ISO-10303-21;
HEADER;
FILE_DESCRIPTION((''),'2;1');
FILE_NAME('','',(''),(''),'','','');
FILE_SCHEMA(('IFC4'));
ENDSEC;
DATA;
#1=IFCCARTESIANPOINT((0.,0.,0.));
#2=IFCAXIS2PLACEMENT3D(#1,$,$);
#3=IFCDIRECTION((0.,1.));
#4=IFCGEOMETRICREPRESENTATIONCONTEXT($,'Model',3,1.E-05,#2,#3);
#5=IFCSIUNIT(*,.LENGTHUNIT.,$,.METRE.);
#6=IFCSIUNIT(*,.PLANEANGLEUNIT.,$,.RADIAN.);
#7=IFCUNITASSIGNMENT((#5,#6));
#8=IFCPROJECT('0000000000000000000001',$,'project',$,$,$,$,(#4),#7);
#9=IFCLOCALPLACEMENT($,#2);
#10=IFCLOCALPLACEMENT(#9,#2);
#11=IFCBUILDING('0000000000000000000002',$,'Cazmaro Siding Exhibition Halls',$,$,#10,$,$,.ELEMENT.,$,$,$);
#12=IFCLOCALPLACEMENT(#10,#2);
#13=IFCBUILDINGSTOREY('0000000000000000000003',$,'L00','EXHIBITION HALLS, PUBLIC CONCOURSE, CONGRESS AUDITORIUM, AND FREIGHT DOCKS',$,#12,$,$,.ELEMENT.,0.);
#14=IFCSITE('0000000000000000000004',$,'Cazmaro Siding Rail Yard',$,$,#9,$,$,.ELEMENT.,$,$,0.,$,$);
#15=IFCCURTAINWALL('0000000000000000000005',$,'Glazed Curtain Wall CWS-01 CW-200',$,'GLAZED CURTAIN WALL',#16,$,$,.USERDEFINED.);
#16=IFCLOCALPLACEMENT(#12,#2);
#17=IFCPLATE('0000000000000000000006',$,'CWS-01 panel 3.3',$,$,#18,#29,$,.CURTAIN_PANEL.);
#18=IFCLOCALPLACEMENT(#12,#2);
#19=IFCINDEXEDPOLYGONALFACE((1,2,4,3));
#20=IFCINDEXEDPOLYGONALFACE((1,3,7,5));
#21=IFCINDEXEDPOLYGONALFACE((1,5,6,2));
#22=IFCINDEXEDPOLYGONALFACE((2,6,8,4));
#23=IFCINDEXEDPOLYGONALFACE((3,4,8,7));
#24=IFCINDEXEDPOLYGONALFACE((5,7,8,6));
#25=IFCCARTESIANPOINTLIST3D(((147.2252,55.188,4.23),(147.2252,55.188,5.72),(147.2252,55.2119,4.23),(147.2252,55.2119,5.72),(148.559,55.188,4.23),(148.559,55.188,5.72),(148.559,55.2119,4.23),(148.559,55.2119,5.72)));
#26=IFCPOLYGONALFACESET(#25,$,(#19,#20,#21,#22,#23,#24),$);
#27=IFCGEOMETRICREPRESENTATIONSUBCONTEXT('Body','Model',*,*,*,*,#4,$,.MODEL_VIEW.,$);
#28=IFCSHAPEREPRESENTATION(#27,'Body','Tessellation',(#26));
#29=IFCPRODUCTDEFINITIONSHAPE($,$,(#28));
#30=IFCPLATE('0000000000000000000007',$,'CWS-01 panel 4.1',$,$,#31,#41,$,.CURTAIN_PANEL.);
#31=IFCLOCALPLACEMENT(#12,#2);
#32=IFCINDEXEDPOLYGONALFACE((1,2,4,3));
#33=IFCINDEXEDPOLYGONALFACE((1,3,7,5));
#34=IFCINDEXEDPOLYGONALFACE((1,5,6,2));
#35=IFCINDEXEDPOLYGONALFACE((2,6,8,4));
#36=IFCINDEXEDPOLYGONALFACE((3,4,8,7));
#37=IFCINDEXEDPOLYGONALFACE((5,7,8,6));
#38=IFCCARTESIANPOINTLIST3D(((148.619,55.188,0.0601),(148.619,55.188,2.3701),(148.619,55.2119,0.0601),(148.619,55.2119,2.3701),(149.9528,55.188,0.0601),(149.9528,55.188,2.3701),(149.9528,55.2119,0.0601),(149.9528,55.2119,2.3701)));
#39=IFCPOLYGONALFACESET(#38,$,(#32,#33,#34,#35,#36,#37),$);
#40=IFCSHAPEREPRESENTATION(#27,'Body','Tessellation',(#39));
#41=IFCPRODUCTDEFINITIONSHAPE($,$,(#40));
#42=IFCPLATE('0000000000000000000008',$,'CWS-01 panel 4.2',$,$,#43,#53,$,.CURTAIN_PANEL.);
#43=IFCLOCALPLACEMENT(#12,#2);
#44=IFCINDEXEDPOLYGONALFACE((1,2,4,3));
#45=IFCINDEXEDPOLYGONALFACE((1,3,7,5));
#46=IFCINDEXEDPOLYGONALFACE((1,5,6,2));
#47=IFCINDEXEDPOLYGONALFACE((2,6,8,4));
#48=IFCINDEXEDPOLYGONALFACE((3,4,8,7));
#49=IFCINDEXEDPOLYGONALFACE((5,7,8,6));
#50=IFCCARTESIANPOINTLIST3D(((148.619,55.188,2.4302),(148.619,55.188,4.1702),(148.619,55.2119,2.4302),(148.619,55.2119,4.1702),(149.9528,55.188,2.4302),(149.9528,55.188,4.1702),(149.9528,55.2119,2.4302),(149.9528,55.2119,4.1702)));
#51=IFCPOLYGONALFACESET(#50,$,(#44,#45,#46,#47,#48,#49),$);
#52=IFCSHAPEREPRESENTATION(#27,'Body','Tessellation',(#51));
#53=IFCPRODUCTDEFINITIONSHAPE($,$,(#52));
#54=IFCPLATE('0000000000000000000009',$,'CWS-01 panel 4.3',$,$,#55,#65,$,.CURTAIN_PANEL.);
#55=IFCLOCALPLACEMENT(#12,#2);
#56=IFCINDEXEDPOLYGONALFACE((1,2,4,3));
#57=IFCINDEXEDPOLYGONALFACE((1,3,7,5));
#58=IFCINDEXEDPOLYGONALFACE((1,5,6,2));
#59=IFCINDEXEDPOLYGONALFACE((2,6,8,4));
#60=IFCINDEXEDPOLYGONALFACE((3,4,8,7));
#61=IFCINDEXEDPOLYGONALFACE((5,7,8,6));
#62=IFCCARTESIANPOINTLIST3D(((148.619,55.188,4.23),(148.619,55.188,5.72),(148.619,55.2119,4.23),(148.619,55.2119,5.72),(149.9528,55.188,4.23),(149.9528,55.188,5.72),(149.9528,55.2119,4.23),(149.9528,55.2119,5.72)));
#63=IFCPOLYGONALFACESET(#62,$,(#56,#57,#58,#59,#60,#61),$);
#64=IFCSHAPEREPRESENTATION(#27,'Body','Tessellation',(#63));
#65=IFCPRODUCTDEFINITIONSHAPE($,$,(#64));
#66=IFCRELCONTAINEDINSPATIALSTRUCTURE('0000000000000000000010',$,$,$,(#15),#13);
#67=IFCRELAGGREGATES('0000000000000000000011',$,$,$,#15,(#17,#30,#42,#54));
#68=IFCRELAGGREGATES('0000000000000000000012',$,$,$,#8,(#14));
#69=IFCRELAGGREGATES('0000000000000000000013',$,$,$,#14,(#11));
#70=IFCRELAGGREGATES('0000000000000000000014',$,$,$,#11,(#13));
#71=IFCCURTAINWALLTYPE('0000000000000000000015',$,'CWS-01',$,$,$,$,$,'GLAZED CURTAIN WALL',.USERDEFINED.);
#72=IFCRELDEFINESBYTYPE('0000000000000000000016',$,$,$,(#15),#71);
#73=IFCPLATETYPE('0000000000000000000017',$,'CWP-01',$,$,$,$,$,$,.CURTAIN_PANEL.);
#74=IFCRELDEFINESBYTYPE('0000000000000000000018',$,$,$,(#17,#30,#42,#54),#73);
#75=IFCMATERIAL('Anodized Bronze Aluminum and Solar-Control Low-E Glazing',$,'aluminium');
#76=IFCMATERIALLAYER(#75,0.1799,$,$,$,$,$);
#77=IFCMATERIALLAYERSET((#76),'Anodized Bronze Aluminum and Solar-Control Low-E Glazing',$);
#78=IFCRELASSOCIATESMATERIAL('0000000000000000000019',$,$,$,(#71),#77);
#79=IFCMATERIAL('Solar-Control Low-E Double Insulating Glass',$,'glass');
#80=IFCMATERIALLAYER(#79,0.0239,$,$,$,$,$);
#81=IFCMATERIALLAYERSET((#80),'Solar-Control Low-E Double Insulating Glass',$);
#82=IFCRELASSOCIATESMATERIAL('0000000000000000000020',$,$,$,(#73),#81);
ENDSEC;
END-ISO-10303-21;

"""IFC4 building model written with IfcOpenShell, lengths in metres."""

from ifc_helpers import new_model, si_unit, direction, frame, origin, origin_2d, place, context, subcontext, project, spatial, rectangle, extrude, material, layer, layer_set, type_object, element, aggregate, save


model = new_model("IFC4")

# Units and contexts
model_context = context("Model", 3, precision=1e-05, world=origin(), true_north=direction((0.0, 1.0)))
body_context = subcontext(model_context, "Body", "Model", "MODEL_VIEW")
ifc_project = project(units=[si_unit("LENGTHUNIT", "METRE"), si_unit("PLANEANGLEUNIT", "RADIAN")], contexts=[model_context])

# Site, building, storey
site_placement = place(None, origin())
site = spatial("IfcSite", under=ifc_project, at=site_placement, Name="Cazmaro Siding Rail Yard", CompositionType="ELEMENT", RefElevation=0.0)
building_placement = place(site_placement, origin())
building = spatial("IfcBuilding", under=site, at=building_placement, Name="Cazmaro Siding Exhibition Halls", CompositionType="ELEMENT")
storey_placement = place(building_placement, origin())
storey = spatial("IfcBuildingStorey", under=building, at=storey_placement, Name="L00", Description="EXHIBITION HALLS, PUBLIC CONCOURSE, CONGRESS AUDITORIUM, AND FREIGHT DOCKS", CompositionType="ELEMENT", Elevation=0.0)

# Curtain wall, plates
ifc_material_1 = material(Name="Anodized Bronze Aluminum and Solar-Control Low-E Glazing", Category="aluminium")
ifc_layer_1 = layer(ifc_material_1, 0.1799)
ifc_layer_set_1 = layer_set([ifc_layer_1], Name="Anodized Bronze Aluminum and Solar-Control Low-E Glazing")
curtain_wall_type = type_object("IfcCurtainWallType", Name="CWS-01", ElementType="GLAZED CURTAIN WALL", PredefinedType="USERDEFINED", material=ifc_layer_set_1)
curtain_wall_placement = place(storey_placement, origin())
curtain_wall = element("IfcCurtainWall", 1, at=curtain_wall_placement, inside=storey, type_object=curtain_wall_type, Name="Glazed Curtain Wall CWS-01 CW-200", ObjectType="GLAZED CURTAIN WALL", PredefinedType="USERDEFINED")
ifc_material_2 = material(Name="Solar-Control Low-E Double Insulating Glass", Category="glass")
ifc_layer_2 = layer(ifc_material_2, 0.0239)
ifc_layer_set_2 = layer_set([ifc_layer_2], Name="Solar-Control Low-E Double Insulating Glass")
plate_type = type_object("IfcPlateType", Name="CWP-01", PredefinedType="CURTAIN_PANEL", material=ifc_layer_set_2)
plate_1_placement = place(storey_placement, frame((147.8921, 55.2, 4.23), z_axis=(0.0, 0.0, 1.0), x_axis=(1.0, 0.0, 0.0)))
plate_1 = element("IfcPlate", 2, at=plate_1_placement, type_object=plate_type, Name="CWS-01 panel 3.3", PredefinedType="CURTAIN_PANEL", context=body_context, shape_type="SweptSolid", body=[
    extrude(rectangle(XDim=1.3337, YDim=0.0239, at=origin_2d()), origin(), (0.0, 0.0, 1.0), 1.49),
])
plate_2_placement = place(storey_placement, frame((149.2859, 55.2, 0.0601), z_axis=(0.0, 0.0, 1.0), x_axis=(1.0, 0.0, 0.0)))
plate_2 = element("IfcPlate", 3, at=plate_2_placement, type_object=plate_type, Name="CWS-01 panel 4.1", PredefinedType="CURTAIN_PANEL", context=body_context, shape_type="SweptSolid", body=[
    extrude(rectangle(XDim=1.3337, YDim=0.0239, at=origin_2d()), origin(), (0.0, 0.0, 1.0), 2.3101),
])
plate_3_placement = place(storey_placement, frame((149.2859, 55.2, 2.4302), z_axis=(0.0, 0.0, 1.0), x_axis=(1.0, 0.0, 0.0)))
plate_3 = element("IfcPlate", 4, at=plate_3_placement, type_object=plate_type, Name="CWS-01 panel 4.2", PredefinedType="CURTAIN_PANEL", context=body_context, shape_type="SweptSolid", body=[
    extrude(rectangle(XDim=1.3337, YDim=0.0239, at=origin_2d()), origin(), (0.0, 0.0, 1.0), 1.74),
])
plate_4_placement = place(storey_placement, frame((149.2859, 55.2, 4.23), z_axis=(0.0, 0.0, 1.0), x_axis=(1.0, 0.0, 0.0)))
plate_4 = element("IfcPlate", 5, at=plate_4_placement, type_object=plate_type, Name="CWS-01 panel 4.3", PredefinedType="CURTAIN_PANEL", context=body_context, shape_type="SweptSolid", body=[
    extrude(rectangle(XDim=1.3337, YDim=0.0239, at=origin_2d()), origin(), (0.0, 0.0, 1.0), 1.49),
])
aggregate(curtain_wall, [plate_1, plate_2, plate_3, plate_4])

save(model, "model.ifc")
